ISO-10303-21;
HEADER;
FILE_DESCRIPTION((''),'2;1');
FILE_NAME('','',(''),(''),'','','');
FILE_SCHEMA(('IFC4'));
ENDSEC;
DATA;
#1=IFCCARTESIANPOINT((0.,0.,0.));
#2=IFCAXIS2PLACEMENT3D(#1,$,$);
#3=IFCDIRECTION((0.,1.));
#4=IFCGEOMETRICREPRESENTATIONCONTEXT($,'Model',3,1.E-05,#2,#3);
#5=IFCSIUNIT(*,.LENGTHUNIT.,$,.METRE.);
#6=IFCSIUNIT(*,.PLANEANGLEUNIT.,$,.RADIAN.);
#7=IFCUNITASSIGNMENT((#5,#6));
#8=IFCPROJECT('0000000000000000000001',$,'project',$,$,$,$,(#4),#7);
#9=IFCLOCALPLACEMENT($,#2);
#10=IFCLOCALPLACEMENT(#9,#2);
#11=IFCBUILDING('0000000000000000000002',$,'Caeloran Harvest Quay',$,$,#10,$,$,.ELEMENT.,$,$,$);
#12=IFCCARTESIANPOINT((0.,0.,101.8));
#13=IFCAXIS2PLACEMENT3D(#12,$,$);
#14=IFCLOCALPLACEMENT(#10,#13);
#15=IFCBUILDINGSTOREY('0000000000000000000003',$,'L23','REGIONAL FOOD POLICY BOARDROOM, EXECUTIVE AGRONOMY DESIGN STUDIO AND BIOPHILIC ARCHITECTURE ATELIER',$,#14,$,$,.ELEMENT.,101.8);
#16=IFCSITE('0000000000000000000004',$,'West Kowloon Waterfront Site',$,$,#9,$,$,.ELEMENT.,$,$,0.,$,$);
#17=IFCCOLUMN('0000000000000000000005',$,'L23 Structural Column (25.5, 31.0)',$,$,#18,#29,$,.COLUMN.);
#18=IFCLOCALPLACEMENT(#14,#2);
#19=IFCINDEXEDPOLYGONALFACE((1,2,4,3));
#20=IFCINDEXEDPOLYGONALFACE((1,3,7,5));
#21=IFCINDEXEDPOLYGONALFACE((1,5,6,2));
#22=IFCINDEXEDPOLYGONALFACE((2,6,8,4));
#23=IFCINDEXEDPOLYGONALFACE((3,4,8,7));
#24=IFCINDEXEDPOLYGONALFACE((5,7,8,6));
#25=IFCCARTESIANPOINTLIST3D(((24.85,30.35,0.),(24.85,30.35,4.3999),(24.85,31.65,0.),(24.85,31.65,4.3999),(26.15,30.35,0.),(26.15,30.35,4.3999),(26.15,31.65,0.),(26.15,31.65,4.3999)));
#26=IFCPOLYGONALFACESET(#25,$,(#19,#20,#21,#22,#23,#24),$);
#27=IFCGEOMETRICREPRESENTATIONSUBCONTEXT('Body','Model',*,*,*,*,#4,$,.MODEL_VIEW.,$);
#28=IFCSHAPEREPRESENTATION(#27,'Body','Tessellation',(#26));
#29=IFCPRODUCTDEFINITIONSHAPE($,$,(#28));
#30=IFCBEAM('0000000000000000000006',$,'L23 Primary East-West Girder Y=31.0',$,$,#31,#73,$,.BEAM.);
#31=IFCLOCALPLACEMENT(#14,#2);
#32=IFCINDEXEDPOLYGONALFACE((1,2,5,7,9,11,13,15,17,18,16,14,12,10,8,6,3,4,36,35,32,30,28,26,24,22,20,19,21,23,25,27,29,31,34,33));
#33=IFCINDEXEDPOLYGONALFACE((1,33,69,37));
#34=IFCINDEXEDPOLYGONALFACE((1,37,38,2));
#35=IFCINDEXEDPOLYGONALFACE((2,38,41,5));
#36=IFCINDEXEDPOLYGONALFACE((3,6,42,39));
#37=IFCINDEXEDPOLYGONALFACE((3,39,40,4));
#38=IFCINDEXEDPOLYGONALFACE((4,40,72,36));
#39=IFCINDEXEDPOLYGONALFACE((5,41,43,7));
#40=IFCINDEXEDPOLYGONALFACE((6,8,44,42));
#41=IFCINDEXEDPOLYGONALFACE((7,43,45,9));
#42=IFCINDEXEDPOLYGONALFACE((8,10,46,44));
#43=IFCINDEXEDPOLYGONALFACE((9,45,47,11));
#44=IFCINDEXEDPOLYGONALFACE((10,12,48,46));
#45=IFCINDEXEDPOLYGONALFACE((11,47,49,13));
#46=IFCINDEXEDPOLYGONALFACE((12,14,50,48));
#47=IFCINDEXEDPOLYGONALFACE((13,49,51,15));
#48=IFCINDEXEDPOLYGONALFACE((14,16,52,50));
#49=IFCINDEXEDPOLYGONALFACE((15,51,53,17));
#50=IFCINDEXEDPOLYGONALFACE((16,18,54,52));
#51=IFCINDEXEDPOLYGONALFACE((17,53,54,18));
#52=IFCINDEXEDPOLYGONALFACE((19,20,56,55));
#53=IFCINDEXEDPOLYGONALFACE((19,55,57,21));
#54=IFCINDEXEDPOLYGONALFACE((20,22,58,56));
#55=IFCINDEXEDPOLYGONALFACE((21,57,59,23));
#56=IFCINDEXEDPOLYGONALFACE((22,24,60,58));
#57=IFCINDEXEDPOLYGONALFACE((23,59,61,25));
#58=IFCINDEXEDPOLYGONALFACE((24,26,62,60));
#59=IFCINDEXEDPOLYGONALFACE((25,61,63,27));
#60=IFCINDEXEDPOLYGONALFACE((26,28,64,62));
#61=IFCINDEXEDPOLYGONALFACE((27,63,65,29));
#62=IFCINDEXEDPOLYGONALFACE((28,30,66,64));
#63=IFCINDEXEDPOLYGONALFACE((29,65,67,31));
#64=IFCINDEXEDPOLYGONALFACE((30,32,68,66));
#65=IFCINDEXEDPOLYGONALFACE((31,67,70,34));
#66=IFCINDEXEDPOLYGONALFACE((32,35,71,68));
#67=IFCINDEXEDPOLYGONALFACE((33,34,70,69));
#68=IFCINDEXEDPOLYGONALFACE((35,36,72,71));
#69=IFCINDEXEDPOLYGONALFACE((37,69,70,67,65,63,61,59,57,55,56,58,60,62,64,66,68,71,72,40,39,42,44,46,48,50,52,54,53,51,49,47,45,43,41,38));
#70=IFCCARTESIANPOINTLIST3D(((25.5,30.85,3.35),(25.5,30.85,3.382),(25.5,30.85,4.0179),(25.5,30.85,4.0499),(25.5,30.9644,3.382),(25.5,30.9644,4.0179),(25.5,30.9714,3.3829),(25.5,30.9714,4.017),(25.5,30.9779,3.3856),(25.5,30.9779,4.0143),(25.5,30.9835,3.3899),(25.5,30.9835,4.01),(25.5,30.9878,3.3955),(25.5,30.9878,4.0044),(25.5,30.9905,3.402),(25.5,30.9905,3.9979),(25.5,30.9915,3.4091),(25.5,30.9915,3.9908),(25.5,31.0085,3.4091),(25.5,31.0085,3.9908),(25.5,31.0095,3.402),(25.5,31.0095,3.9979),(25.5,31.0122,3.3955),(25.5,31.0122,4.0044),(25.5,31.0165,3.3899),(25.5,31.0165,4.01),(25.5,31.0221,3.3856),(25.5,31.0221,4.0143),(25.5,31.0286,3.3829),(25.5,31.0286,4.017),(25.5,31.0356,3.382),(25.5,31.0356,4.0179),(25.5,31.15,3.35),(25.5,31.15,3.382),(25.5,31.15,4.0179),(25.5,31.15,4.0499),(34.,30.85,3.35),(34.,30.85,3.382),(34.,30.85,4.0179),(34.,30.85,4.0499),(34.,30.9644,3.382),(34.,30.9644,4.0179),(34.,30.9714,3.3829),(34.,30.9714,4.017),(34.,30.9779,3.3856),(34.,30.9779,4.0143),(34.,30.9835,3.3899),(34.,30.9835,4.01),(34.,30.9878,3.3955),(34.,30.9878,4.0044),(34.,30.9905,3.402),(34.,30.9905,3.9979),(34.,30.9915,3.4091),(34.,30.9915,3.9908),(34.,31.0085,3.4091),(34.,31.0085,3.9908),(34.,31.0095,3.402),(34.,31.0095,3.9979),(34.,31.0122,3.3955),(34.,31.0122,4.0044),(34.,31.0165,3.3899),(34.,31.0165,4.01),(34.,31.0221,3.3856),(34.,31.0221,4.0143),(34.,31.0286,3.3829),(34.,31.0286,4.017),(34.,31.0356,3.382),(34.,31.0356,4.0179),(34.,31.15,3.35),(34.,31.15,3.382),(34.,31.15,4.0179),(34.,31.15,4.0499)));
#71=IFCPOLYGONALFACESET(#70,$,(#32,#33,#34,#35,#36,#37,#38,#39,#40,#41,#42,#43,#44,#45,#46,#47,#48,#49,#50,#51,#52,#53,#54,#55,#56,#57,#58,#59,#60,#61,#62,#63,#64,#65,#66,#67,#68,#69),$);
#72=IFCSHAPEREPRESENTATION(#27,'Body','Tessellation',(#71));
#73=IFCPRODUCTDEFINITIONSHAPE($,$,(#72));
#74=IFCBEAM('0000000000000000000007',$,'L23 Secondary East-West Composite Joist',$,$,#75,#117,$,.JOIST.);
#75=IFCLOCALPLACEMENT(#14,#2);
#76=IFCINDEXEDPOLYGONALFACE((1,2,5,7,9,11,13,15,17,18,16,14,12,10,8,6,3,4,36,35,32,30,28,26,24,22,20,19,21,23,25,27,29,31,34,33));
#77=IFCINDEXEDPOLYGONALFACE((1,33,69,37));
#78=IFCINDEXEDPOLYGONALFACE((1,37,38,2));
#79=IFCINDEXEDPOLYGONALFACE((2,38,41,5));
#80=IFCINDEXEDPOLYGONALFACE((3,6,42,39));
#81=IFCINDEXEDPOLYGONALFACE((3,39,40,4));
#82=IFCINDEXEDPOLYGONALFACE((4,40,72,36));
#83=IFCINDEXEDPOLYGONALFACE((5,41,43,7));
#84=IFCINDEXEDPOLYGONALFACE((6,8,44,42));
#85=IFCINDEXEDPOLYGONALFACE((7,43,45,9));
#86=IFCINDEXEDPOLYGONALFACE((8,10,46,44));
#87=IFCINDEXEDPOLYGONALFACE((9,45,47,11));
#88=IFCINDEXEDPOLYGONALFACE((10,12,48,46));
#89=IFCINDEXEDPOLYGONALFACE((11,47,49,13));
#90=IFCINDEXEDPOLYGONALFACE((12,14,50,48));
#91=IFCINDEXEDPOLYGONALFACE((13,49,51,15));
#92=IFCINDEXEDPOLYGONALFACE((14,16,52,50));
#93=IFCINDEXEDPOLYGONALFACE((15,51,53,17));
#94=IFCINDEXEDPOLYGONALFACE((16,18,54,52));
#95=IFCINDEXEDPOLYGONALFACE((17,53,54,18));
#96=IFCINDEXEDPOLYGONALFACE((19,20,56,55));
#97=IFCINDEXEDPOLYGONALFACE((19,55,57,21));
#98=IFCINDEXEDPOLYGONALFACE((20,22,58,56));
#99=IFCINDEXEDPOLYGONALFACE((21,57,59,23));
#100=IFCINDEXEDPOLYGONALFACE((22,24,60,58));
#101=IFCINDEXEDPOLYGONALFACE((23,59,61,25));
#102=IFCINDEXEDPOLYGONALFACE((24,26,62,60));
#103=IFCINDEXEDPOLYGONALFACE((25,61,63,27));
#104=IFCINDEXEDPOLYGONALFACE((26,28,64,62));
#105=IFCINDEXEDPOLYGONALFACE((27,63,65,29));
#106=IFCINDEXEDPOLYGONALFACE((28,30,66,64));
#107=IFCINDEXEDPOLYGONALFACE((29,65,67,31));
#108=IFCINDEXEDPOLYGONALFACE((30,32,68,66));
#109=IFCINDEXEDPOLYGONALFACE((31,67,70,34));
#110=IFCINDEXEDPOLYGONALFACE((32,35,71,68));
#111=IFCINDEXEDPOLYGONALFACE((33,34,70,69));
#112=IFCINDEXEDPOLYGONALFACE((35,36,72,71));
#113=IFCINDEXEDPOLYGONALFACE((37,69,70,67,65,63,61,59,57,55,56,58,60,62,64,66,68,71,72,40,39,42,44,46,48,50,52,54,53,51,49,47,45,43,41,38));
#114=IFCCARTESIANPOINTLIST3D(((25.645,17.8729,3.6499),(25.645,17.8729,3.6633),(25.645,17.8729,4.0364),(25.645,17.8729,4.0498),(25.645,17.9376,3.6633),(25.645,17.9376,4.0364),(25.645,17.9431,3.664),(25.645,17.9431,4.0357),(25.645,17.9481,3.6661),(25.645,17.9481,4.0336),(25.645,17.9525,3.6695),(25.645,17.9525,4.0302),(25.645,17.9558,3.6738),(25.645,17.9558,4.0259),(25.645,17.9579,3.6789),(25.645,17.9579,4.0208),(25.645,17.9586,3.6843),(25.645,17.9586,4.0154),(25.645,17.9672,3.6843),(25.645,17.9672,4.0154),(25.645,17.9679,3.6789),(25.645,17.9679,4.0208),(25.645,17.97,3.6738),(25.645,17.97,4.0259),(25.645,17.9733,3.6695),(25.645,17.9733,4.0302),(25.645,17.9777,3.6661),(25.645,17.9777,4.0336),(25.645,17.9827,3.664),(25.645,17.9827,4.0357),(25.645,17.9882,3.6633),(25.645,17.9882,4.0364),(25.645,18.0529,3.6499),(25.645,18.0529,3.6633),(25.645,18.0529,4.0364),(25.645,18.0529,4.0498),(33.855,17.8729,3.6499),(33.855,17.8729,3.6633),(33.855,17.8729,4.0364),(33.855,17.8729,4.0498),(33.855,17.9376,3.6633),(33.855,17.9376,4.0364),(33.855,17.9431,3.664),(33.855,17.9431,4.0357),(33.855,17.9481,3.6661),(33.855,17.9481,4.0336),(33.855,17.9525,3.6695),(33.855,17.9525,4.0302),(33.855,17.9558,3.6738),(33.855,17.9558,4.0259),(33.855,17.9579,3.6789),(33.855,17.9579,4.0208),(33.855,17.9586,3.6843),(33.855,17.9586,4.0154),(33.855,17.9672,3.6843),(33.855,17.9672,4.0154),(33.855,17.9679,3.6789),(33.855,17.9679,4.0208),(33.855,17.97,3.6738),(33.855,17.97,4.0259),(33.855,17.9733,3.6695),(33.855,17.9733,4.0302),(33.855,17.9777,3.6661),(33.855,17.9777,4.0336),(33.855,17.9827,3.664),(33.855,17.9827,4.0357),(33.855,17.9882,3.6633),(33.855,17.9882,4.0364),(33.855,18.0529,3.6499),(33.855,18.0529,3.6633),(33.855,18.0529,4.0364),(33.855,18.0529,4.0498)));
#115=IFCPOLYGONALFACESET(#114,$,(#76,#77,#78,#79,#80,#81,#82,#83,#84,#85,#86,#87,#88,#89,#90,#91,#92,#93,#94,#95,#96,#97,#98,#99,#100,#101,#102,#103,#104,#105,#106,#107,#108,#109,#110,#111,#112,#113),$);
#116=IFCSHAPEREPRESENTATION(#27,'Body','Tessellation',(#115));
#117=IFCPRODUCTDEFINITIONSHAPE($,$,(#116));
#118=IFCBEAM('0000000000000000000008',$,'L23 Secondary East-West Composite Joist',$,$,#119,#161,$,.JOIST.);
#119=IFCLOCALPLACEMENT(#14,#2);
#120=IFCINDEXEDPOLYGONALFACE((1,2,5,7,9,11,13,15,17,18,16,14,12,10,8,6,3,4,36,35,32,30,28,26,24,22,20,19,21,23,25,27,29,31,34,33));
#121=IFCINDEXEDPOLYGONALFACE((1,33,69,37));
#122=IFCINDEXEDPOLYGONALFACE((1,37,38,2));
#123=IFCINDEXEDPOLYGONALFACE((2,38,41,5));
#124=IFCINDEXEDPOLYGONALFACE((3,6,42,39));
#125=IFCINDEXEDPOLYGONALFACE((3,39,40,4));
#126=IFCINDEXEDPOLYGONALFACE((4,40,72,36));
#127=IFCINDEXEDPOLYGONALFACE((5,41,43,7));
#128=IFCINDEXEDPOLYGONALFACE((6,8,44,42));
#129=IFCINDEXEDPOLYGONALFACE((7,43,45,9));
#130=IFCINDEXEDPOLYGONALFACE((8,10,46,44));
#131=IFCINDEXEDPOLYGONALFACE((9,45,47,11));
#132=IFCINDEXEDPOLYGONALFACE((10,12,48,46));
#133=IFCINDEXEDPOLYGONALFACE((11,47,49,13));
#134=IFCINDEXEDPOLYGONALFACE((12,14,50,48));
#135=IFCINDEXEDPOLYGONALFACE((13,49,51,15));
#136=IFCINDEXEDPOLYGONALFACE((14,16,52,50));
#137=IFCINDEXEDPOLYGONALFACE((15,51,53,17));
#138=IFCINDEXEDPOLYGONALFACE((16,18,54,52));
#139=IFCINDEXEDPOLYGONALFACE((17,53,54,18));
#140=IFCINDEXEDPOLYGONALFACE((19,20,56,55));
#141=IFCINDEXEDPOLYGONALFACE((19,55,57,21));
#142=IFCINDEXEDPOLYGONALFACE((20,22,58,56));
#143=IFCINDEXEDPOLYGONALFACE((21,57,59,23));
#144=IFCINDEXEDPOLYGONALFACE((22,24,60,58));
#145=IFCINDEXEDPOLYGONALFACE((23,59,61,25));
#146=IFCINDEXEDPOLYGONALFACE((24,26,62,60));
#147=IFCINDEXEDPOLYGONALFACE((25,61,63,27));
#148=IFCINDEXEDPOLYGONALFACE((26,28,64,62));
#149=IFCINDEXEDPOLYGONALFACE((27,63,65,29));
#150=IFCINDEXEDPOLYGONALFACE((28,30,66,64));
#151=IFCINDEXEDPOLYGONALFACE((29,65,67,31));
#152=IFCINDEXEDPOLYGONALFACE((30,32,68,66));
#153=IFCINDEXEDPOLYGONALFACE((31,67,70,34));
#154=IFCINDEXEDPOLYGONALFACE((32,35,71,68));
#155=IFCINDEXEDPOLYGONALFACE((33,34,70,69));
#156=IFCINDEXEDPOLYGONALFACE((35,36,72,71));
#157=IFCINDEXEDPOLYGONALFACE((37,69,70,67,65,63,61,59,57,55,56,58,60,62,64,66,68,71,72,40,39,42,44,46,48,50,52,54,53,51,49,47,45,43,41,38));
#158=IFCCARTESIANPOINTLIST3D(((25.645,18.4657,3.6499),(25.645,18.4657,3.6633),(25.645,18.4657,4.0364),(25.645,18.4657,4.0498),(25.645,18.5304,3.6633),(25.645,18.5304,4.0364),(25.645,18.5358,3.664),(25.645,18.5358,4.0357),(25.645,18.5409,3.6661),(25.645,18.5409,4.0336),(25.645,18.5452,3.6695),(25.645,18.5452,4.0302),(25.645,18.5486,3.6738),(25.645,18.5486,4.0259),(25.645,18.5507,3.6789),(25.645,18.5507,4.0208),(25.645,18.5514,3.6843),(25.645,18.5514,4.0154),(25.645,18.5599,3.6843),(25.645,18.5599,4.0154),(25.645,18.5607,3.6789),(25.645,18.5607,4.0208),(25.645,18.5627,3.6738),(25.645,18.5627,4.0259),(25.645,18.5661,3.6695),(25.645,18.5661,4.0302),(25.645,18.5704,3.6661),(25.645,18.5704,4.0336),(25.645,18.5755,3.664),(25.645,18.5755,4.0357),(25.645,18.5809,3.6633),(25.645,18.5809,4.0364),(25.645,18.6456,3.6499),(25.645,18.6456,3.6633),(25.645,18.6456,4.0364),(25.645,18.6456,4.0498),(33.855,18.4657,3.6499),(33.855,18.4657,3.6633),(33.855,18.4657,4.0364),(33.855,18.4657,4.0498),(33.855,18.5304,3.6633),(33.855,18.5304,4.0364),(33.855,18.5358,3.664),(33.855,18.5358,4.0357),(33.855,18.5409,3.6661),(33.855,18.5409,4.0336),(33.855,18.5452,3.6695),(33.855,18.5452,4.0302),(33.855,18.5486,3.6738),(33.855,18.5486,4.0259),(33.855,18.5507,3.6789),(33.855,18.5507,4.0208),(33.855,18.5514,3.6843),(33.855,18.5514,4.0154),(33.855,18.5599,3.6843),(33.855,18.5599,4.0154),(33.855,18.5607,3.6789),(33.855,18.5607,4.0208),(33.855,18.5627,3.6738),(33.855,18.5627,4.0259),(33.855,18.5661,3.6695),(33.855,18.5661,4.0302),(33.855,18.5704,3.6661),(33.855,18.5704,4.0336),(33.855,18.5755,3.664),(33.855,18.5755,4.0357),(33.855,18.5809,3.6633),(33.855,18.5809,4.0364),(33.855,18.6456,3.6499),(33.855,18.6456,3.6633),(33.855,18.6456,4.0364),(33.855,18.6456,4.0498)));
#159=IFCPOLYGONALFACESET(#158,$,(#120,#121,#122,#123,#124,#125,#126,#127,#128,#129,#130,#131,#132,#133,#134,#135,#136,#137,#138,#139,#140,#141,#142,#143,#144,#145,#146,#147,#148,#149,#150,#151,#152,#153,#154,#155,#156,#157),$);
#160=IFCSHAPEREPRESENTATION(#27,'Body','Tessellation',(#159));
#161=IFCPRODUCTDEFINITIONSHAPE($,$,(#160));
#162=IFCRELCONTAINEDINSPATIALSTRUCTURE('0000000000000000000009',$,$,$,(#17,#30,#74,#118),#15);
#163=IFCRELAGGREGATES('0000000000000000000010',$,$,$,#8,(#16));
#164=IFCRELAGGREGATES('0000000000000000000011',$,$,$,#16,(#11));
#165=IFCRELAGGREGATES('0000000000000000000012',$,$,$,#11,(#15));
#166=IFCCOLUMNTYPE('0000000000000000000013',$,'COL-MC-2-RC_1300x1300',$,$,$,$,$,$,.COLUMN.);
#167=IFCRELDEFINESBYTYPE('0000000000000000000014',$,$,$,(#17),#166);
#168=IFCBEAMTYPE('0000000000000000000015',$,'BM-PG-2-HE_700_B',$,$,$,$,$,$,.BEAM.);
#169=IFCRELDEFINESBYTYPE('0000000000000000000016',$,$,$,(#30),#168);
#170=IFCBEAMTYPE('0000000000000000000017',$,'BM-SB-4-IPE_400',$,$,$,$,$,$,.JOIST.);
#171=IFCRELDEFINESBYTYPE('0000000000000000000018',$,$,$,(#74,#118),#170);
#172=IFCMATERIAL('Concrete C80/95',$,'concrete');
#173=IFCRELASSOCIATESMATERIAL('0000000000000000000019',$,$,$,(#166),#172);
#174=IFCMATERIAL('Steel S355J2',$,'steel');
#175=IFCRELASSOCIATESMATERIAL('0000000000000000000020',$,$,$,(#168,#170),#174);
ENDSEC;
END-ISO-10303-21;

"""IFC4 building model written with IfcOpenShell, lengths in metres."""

from ifc_helpers import new_model, si_unit, direction, frame, origin, origin_2d, place, context, subcontext, project, spatial, rectangle, i_section, extrude, material, material_profile, profile_set, type_object, element, save


model = new_model("IFC4")

# Units and contexts
model_context = context("Model", 3, precision=1e-05, world=origin(), true_north=direction((0.0, 1.0)))
body_context = subcontext(model_context, "Body", "Model", "MODEL_VIEW")
ifc_project = project(units=[si_unit("LENGTHUNIT", "METRE"), si_unit("PLANEANGLEUNIT", "RADIAN")], contexts=[model_context])

# Site, building, storey
site_placement = place(None, origin())
site = spatial("IfcSite", under=ifc_project, at=site_placement, Name="West Kowloon Waterfront Site", CompositionType="ELEMENT", RefElevation=0.0)
building_placement = place(site_placement, origin())
building = spatial("IfcBuilding", under=site, at=building_placement, Name="Caeloran Harvest Quay", CompositionType="ELEMENT")
storey_placement = place(building_placement, frame((0.0, 0.0, 101.8)))
storey = spatial("IfcBuildingStorey", under=building, at=storey_placement, Name="L23", Description="REGIONAL FOOD POLICY BOARDROOM, EXECUTIVE AGRONOMY DESIGN STUDIO AND BIOPHILIC ARCHITECTURE ATELIER", CompositionType="ELEMENT", Elevation=101.8)

# Column
ifc_material_1 = material(Name="Concrete C80/95", Category="concrete")
ifc_material_profile_1 = material_profile(ifc_material_1, rectangle(XDim=1.3, YDim=1.3, at=origin_2d()), Name="RC 1300x1300")
ifc_profile_set_1 = profile_set([ifc_material_profile_1], Name="Concrete C80/95")
column_type = type_object("IfcColumnType", Name="COL-MC-2-RC_1300x1300", PredefinedType="COLUMN", material=ifc_profile_set_1)
column_placement = place(storey_placement, frame((25.5, 31.0, 0.0), z_axis=(0.0, 0.0, 1.0), x_axis=(1.0, 0.0, 0.0)))
element("IfcColumn", 1, at=column_placement, inside=storey, type_object=column_type, Name="L23 Structural Column (25.5, 31.0)", PredefinedType="COLUMN", context=body_context, shape_type="SweptSolid", body=[
    extrude(rectangle(XDim=1.3, YDim=1.3, at=origin_2d()), origin(), (0.0, 0.0, 1.0), 4.3999),
])

# Beams
ifc_material_2 = material(Name="Steel S355J2", Category="steel")
ifc_material_profile_2 = material_profile(ifc_material_2, i_section(OverallWidth=0.3, OverallDepth=0.7, WebThickness=0.0171, FlangeThickness=0.032, FilletRadius=0.0271, at=origin_2d()), Name="HE 700 B")
ifc_profile_set_2 = profile_set([ifc_material_profile_2], Name="Steel S355J2")
beam_type_1 = type_object("IfcBeamType", Name="BM-PG-2-HE_700_B", PredefinedType="BEAM", material=ifc_profile_set_2)
beam_placement = place(storey_placement, frame((25.5, 31.0, 3.7), z_axis=(1.0, 0.0, 0.0), x_axis=(0.0, 1.0, 0.0)))
element("IfcBeam", 2, at=beam_placement, inside=storey, type_object=beam_type_1, Name="L23 Primary East-West Girder Y=31.0", PredefinedType="BEAM", context=body_context, shape_type="SweptSolid", body=[
    extrude(i_section(OverallWidth=0.3, OverallDepth=0.7, WebThickness=0.0171, FlangeThickness=0.032, FilletRadius=0.0271, at=origin_2d()), origin(), (0.0, 0.0, 1.0), 8.5),
])
ifc_material_profile_3 = material_profile(ifc_material_2, i_section(OverallWidth=0.1799, OverallDepth=0.3999, WebThickness=0.0085, FlangeThickness=0.0134, FilletRadius=0.021, at=origin_2d()), Name="IPE 400")
ifc_profile_set_3 = profile_set([ifc_material_profile_3], Name="Steel S355J2")
beam_type_2 = type_object("IfcBeamType", Name="BM-SB-4-IPE_400", PredefinedType="JOIST", material=ifc_profile_set_3)
for number, where, z_axis, x_axis, name in (
    (3, (25.645, 17.9629, 3.8499), (1.0, 0.0, 0.0), (0.0, 1.0, 0.0), "L23 Secondary East-West Composite Joist"),
    (4, (25.645, 18.5557, 3.8499), (1.0, 0.0, 0.0), (0.0, 1.0, 0.0), "L23 Secondary East-West Composite Joist"),
):
    element("IfcBeam", number, at=place(storey_placement, frame(where, z_axis=z_axis, x_axis=x_axis)), inside=storey, type_object=beam_type_2, Name=name, PredefinedType="JOIST", context=body_context, shape_type="SweptSolid", body=[
        extrude(i_section(OverallWidth=0.1799, OverallDepth=0.3999, WebThickness=0.0085, FlangeThickness=0.0134, FilletRadius=0.021, at=origin_2d()), origin(), (0.0, 0.0, 1.0), 8.21),
    ])

save(model, "model.ifc")
